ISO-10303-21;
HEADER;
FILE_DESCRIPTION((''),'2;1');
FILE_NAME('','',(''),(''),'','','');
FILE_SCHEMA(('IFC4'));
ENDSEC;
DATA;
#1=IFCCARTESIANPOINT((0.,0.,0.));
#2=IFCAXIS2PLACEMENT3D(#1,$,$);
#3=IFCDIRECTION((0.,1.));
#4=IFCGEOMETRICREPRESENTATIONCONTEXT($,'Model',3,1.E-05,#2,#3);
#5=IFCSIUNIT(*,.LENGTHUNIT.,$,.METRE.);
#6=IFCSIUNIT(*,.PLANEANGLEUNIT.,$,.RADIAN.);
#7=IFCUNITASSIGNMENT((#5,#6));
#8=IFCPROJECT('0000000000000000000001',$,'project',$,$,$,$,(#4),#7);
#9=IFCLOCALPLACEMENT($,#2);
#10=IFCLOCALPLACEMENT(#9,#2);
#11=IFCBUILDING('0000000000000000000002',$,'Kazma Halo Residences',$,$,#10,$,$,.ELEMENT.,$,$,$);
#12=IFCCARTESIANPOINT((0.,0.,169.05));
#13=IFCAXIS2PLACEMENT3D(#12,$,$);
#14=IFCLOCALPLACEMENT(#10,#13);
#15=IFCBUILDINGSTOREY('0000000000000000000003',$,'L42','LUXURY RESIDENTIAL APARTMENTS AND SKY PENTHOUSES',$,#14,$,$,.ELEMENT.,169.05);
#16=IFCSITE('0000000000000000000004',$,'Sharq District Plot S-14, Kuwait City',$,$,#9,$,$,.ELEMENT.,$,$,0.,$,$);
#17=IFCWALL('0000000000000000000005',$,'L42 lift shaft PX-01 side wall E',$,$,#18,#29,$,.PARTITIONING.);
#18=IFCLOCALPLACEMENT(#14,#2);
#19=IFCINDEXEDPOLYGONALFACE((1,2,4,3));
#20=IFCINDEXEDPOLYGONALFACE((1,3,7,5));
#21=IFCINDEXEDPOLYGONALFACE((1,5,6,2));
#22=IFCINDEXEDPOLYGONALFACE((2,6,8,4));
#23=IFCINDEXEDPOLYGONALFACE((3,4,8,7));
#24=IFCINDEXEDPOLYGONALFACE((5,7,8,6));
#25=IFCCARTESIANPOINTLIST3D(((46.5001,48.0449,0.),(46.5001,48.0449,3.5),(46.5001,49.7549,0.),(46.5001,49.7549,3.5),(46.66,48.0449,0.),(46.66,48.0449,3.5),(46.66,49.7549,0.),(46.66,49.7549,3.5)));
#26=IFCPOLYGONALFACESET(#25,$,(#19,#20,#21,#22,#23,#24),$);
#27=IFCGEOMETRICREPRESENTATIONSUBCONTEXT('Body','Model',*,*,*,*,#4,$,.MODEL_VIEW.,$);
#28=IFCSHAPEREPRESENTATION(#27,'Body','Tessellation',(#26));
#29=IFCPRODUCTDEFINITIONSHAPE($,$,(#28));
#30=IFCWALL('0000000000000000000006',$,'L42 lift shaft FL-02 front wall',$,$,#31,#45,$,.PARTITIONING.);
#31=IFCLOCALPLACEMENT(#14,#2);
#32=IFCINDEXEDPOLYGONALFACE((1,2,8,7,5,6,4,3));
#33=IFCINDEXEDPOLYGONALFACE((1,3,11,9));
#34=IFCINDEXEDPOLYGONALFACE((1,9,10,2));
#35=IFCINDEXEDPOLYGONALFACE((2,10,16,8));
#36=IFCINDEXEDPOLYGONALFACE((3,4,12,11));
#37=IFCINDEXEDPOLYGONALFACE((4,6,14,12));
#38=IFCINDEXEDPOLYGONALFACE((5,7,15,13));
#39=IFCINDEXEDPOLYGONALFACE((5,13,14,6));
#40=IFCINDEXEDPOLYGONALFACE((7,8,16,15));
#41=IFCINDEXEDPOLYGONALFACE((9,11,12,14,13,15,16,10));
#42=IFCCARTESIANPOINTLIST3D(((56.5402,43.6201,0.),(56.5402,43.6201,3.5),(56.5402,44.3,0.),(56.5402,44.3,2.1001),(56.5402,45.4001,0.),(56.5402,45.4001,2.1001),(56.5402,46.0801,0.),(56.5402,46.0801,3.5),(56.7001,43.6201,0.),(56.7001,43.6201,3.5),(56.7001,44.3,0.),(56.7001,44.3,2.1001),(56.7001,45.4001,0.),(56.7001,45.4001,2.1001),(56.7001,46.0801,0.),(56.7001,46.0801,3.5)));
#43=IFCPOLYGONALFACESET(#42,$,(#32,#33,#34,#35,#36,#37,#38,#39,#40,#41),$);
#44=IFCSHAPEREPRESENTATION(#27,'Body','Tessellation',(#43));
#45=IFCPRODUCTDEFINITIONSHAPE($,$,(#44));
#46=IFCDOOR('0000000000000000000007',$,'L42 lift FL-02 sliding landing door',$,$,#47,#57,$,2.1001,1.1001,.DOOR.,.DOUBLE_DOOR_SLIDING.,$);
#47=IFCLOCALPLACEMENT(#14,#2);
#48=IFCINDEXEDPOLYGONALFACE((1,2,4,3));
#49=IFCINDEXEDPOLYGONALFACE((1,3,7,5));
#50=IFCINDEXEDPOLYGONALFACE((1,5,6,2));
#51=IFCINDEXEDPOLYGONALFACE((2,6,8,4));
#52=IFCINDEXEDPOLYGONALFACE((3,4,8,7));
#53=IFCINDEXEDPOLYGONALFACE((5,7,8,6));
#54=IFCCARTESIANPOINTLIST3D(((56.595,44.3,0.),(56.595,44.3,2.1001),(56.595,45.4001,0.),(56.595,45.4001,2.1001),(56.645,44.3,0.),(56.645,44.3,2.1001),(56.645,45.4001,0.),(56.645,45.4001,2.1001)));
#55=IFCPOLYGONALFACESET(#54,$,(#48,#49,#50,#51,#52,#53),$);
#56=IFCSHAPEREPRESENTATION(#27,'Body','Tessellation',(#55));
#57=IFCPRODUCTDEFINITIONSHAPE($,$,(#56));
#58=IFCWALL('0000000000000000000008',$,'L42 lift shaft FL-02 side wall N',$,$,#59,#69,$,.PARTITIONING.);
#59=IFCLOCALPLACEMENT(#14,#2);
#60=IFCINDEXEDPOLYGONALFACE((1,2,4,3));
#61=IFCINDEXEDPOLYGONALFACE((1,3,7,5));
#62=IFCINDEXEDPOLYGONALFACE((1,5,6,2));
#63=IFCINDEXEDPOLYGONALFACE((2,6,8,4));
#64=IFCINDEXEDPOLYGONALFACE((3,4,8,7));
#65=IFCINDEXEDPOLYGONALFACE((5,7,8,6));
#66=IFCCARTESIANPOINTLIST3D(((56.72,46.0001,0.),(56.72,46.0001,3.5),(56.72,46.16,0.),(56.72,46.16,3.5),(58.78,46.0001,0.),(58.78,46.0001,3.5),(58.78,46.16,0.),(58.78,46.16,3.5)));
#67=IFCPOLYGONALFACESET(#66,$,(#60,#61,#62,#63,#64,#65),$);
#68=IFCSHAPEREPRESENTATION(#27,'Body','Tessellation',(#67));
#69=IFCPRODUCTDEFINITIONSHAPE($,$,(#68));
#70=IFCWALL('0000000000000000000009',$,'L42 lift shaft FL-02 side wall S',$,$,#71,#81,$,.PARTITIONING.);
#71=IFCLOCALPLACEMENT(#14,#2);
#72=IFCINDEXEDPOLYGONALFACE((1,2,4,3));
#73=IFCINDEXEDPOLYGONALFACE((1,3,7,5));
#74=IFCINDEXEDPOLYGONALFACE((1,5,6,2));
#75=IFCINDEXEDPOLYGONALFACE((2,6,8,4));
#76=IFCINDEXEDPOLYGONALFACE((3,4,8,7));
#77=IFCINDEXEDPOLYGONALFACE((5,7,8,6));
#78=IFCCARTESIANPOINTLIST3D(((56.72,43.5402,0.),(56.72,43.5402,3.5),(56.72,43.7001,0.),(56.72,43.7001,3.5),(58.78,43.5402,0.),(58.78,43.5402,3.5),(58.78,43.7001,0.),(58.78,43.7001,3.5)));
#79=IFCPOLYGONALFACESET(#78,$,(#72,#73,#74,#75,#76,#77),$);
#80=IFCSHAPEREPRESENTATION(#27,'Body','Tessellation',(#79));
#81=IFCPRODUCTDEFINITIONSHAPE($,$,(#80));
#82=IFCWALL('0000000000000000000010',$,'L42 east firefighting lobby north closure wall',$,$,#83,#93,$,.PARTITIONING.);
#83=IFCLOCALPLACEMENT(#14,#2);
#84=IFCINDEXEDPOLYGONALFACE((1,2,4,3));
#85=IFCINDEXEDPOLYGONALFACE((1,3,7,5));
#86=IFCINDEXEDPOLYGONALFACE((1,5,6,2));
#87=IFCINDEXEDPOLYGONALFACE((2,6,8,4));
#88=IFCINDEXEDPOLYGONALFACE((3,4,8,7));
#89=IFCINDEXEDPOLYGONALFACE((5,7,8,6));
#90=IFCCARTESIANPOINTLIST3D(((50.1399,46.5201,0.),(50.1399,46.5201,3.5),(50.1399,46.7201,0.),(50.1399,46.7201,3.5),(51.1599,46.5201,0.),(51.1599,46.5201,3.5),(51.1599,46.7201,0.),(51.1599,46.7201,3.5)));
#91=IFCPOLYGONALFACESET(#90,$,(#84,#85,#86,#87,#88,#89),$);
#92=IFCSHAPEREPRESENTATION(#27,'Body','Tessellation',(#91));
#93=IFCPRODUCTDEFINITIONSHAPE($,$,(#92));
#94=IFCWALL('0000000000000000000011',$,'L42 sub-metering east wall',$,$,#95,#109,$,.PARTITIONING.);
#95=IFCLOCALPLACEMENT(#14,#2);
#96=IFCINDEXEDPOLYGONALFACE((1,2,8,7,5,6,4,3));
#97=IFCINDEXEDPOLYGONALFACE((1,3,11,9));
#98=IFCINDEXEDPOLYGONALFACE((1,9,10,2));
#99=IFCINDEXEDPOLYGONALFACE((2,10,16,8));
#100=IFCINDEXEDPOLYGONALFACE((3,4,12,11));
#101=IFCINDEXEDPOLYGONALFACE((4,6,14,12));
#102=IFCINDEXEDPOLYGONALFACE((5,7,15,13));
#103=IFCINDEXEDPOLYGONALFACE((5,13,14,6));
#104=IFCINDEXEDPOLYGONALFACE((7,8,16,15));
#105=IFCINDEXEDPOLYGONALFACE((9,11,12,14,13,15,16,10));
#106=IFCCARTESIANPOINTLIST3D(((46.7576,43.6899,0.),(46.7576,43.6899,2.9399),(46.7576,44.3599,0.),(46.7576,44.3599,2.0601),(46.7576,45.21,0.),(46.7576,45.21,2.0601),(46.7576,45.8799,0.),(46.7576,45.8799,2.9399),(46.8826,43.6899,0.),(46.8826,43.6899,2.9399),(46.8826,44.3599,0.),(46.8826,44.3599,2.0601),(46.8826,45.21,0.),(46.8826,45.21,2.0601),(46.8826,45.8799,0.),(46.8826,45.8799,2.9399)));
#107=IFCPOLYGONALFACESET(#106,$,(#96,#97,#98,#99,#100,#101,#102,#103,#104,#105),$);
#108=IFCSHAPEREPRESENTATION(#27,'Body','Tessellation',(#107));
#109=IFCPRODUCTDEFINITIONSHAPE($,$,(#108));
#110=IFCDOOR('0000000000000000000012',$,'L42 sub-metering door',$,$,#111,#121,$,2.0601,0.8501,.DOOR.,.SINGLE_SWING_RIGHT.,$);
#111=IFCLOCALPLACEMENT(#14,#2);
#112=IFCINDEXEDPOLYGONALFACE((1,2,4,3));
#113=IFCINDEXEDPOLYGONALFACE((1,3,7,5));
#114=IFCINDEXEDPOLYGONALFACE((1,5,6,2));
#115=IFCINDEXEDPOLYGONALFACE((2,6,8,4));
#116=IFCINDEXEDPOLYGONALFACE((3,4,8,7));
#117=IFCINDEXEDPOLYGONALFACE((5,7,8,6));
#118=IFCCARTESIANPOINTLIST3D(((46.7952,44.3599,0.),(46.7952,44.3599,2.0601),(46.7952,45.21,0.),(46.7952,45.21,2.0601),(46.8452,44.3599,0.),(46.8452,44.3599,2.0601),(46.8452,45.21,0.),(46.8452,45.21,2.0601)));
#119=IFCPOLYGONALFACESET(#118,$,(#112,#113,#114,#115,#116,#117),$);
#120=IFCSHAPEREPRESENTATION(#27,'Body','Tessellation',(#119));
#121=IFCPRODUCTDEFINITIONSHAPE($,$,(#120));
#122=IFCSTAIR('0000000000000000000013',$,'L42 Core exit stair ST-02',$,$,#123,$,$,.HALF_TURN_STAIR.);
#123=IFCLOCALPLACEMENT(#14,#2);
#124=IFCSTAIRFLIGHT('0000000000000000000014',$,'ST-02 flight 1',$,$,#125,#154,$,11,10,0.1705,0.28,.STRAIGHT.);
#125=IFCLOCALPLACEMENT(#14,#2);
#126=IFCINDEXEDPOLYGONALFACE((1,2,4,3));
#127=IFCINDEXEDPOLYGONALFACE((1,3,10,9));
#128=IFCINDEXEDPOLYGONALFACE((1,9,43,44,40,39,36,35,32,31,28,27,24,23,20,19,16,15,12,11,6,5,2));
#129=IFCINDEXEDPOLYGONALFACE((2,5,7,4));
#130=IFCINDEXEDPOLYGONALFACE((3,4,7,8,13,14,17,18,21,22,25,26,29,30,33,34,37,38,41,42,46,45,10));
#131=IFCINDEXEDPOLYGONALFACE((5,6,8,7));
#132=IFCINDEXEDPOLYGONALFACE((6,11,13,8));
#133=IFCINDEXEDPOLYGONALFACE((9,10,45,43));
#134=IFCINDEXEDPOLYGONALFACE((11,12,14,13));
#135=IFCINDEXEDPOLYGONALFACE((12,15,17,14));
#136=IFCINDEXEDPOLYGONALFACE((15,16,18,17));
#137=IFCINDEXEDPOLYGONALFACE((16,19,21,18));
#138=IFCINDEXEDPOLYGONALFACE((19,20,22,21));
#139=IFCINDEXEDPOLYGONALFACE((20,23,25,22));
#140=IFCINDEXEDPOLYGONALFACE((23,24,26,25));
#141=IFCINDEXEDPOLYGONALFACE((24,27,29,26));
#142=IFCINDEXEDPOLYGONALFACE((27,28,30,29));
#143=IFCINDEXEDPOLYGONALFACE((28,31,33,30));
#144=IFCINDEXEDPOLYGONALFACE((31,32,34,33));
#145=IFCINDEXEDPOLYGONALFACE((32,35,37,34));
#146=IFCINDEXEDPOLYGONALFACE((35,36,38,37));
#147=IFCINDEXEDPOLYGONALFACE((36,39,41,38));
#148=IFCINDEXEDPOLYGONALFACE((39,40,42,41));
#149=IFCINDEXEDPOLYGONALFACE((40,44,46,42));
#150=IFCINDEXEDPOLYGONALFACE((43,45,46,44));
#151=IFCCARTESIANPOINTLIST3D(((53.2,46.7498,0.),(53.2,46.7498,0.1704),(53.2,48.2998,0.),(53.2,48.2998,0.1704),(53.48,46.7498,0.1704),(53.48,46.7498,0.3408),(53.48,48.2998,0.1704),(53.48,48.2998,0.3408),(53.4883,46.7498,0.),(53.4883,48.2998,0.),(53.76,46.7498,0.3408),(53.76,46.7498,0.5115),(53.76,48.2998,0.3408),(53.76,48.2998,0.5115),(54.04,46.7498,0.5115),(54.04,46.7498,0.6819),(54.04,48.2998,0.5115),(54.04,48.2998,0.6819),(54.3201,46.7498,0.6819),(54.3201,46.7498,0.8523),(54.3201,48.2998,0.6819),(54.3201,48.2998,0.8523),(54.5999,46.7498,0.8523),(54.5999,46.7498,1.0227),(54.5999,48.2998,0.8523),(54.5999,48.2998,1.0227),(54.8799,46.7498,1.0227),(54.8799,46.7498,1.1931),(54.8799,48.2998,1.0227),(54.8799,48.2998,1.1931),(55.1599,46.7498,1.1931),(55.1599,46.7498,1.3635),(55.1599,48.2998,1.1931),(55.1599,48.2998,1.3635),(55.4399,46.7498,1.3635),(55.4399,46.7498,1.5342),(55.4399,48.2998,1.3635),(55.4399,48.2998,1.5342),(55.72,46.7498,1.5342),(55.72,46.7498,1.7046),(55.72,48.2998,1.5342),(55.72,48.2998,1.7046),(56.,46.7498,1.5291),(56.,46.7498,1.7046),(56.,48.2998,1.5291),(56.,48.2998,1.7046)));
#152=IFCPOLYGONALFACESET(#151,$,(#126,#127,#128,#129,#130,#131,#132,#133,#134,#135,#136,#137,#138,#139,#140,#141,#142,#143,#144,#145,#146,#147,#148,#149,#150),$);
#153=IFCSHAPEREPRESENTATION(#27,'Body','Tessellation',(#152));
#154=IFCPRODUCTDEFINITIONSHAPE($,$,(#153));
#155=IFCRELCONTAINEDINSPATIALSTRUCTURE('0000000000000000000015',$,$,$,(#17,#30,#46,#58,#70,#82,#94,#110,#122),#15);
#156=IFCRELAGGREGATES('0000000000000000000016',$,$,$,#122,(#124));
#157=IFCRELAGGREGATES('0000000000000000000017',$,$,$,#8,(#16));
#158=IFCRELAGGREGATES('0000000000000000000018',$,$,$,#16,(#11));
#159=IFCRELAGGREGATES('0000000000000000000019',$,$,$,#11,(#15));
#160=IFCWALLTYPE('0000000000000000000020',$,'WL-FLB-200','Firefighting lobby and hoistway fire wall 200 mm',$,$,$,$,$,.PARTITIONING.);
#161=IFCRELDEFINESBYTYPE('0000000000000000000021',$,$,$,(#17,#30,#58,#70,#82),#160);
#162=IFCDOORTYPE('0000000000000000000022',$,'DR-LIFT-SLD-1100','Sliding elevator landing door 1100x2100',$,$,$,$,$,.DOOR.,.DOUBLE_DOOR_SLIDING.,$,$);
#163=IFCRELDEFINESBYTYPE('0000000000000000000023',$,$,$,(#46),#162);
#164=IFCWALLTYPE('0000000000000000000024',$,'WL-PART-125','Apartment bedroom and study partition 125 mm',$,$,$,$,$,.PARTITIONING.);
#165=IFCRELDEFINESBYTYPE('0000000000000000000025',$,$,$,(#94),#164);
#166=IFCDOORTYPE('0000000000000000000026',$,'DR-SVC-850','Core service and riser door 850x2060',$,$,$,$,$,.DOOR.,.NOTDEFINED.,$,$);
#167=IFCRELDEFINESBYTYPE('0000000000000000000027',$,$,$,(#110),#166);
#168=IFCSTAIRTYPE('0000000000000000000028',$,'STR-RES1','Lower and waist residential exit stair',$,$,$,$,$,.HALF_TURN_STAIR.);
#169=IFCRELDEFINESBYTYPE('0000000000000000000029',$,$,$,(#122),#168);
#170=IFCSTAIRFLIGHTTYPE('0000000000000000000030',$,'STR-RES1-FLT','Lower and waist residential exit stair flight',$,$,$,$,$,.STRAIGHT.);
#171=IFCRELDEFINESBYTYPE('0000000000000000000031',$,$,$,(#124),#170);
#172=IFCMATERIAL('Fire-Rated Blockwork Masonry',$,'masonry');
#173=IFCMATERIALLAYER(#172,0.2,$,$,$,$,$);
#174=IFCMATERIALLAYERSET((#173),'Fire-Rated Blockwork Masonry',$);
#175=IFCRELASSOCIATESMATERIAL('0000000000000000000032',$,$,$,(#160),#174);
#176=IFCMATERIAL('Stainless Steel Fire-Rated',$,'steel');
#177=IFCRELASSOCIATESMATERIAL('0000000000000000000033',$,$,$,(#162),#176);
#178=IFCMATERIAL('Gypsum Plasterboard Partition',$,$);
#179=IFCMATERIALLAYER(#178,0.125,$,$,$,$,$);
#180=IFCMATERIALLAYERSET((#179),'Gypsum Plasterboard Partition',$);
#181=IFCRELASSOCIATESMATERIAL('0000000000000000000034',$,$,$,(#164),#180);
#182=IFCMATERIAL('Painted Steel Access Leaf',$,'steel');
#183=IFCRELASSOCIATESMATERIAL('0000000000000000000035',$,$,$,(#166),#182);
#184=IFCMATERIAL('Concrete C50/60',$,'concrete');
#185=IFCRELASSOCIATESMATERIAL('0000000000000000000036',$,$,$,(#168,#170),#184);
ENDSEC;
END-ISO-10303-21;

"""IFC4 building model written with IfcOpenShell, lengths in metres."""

from ifc_helpers import new_model, si_unit, direction, frame, frame_2d, origin, place, context, subcontext, project, spatial, polyline, rectangle, outline, extrude, material, layer, layer_set, type_object, element, fill, aggregate, save


model = new_model("IFC4")

# Units and contexts
model_context = context("Model", 3, precision=1e-05, world=origin(), true_north=direction((0.0, 1.0)))
body_context = subcontext(model_context, "Body", "Model", "MODEL_VIEW")
ifc_project = project(units=[si_unit("LENGTHUNIT", "METRE"), si_unit("PLANEANGLEUNIT", "RADIAN")], contexts=[model_context])

# Site, building, storey
site_placement = place(None, origin())
site = spatial("IfcSite", under=ifc_project, at=site_placement, Name="Sharq District Plot S-14, Kuwait City", CompositionType="ELEMENT", RefElevation=0.0)
building_placement = place(site_placement, origin())
building = spatial("IfcBuilding", under=site, at=building_placement, Name="Kazma Halo Residences", CompositionType="ELEMENT")
storey_placement = place(building_placement, frame((0.0, 0.0, 169.05)))
storey = spatial("IfcBuildingStorey", under=building, at=storey_placement, Name="L42", Description="LUXURY RESIDENTIAL APARTMENTS AND SKY PENTHOUSES", CompositionType="ELEMENT", Elevation=169.05)

# Wall
ifc_material_1 = material(Name="Fire-Rated Blockwork Masonry", Category="masonry")
ifc_layer_1 = layer(ifc_material_1, 0.2)
ifc_layer_set_1 = layer_set([ifc_layer_1], Name="Fire-Rated Blockwork Masonry")
wall_type_1 = type_object("IfcWallType", Name="WL-FLB-200", Description="Firefighting lobby and hoistway fire wall 200 mm", PredefinedType="PARTITIONING", material=ifc_layer_set_1)
wall_1_placement = place(storey_placement, frame((46.5801, 48.0449, 0.0), z_axis=(0.0, 0.0, 1.0), x_axis=(0.0, 1.0, 0.0)))
element("IfcWall", 1, at=wall_1_placement, inside=storey, type_object=wall_type_1, Name="L42 lift shaft PX-01 side wall E", PredefinedType="PARTITIONING", context=body_context, shape_type="SweptSolid", body=[
    extrude(rectangle(XDim=1.71, YDim=0.1599, at=frame_2d((0.855, 0.0))), origin(), (0.0, 0.0, 1.0), 3.5),
])

# Wall, opening, door
wall_2_placement = place(storey_placement, frame((56.6201, 46.0801, 0.0), z_axis=(0.0, 0.0, 1.0), x_axis=(0.0, -1.0, 0.0)))
wall_2 = element("IfcWall", 2, at=wall_2_placement, inside=storey, type_object=wall_type_1, Name="L42 lift shaft FL-02 front wall", PredefinedType="PARTITIONING", context=body_context, shape_type="SweptSolid", body=[
    extrude(rectangle(XDim=2.46, YDim=0.1599, at=frame_2d((1.23, 0.0))), origin(), (0.0, 0.0, 1.0), 3.5),
])
opening_1_placement = place(wall_2_placement, frame((0.6799, 0.0, 0.0)))
opening_1 = element("IfcOpeningElement", 3, at=opening_1_placement, cuts=wall_2, PredefinedType="OPENING", context=body_context, shape_type="SweptSolid", body=[
    extrude(rectangle(XDim=1.1001, YDim=2.1001, at=frame_2d((0.55, 1.05))), frame((0.0, 0.0898, 0.0), z_axis=(0.0, -1.0, 0.0), x_axis=(1.0, 0.0, 0.0)), (0.0, 0.0, 1.0), 0.1799),
])
ifc_material_2 = material(Name="Stainless Steel Fire-Rated", Category="steel")
door_type_1 = type_object("IfcDoorType", Name="DR-LIFT-SLD-1100", Description="Sliding elevator landing door 1100x2100", OperationType="DOUBLE_DOOR_SLIDING", PredefinedType="DOOR", material=ifc_material_2)
door_1_placement = place(opening_1_placement, origin())
door_1 = element("IfcDoor", 4, at=door_1_placement, inside=storey, type_object=door_type_1, Name="L42 lift FL-02 sliding landing door", OperationType="DOUBLE_DOOR_SLIDING", OverallHeight=2.1001, OverallWidth=1.1001, PredefinedType="DOOR", context=body_context, shape_type="SweptSolid", body=[
    extrude(rectangle(XDim=1.1001, YDim=2.1001, at=frame_2d((0.55, 1.05))), frame((0.0, 0.0249, 0.0), z_axis=(0.0, -1.0, 0.0), x_axis=(1.0, 0.0, 0.0)), (0.0, 0.0, 1.0), 0.05),
])
fill(opening_1, door_1)

# Walls
for number, where, z_axis, x_axis, name in (
    (5, (56.72, 46.0801, 0.0), (0.0, 0.0, 1.0), (1.0, 0.0, 0.0), "L42 lift shaft FL-02 side wall N"),
    (6, (56.72, 43.6201, 0.0), (0.0, 0.0, 1.0), (1.0, 0.0, 0.0), "L42 lift shaft FL-02 side wall S"),
):
    element("IfcWall", number, at=place(storey_placement, frame(where, z_axis=z_axis, x_axis=x_axis)), inside=storey, type_object=wall_type_1, Name=name, PredefinedType="PARTITIONING", context=body_context, shape_type="SweptSolid", body=[
        extrude(rectangle(XDim=2.0601, YDim=0.1599, at=frame_2d((1.03, 0.0))), origin(), (0.0, 0.0, 1.0), 3.5),
    ])
wall_3_placement = place(storey_placement, frame((50.1399, 46.6201, 0.0), z_axis=(0.0, 0.0, 1.0), x_axis=(1.0, 0.0, 0.0)))
element("IfcWall", 7, at=wall_3_placement, inside=storey, type_object=wall_type_1, Name="L42 east firefighting lobby north closure wall", PredefinedType="PARTITIONING", context=body_context, shape_type="SweptSolid", body=[
    extrude(rectangle(XDim=1.02, YDim=0.2, at=frame_2d((0.51, 0.0))), origin(), (0.0, 0.0, 1.0), 3.5),
])

# Wall, opening, door
ifc_material_3 = material(Name="Gypsum Plasterboard Partition")
ifc_layer_2 = layer(ifc_material_3, 0.125)
ifc_layer_set_2 = layer_set([ifc_layer_2], Name="Gypsum Plasterboard Partition")
wall_type_2 = type_object("IfcWallType", Name="WL-PART-125", Description="Apartment bedroom and study partition 125 mm", PredefinedType="PARTITIONING", material=ifc_layer_set_2)
wall_4_placement = place(storey_placement, frame((46.8201, 43.6899, 0.0), z_axis=(0.0, 0.0, 1.0), x_axis=(0.0, 1.0, 0.0)))
wall_4 = element("IfcWall", 8, at=wall_4_placement, inside=storey, type_object=wall_type_2, Name="L42 sub-metering east wall", PredefinedType="PARTITIONING", context=body_context, shape_type="SweptSolid", body=[
    extrude(rectangle(XDim=2.1899, YDim=0.125, at=frame_2d((1.095, 0.0))), origin(), (0.0, 0.0, 1.0), 2.9399),
])
opening_2_placement = place(wall_4_placement, frame((0.6699, 0.0, 0.0)))
opening_2 = element("IfcOpeningElement", 9, at=opening_2_placement, cuts=wall_4, PredefinedType="OPENING", context=body_context, shape_type="SweptSolid", body=[
    extrude(rectangle(XDim=0.8501, YDim=2.0601, at=frame_2d((0.425, 1.03))), frame((0.0, 0.0725, 0.0), z_axis=(0.0, -1.0, 0.0), x_axis=(1.0, 0.0, 0.0)), (0.0, 0.0, 1.0), 0.145),
])
ifc_material_4 = material(Name="Painted Steel Access Leaf", Category="steel")
door_type_2 = type_object("IfcDoorType", Name="DR-SVC-850", Description="Core service and riser door 850x2060", OperationType="NOTDEFINED", PredefinedType="DOOR", material=ifc_material_4)
door_2_placement = place(opening_2_placement, origin())
door_2 = element("IfcDoor", 10, at=door_2_placement, inside=storey, type_object=door_type_2, Name="L42 sub-metering door", OperationType="SINGLE_SWING_RIGHT", OverallHeight=2.0601, OverallWidth=0.8501, PredefinedType="DOOR", context=body_context, shape_type="SweptSolid", body=[
    extrude(rectangle(XDim=0.8501, YDim=2.0601, at=frame_2d((0.425, 1.03))), frame((0.0, 0.0249, 0.0), z_axis=(0.0, -1.0, 0.0), x_axis=(1.0, 0.0, 0.0)), (0.0, 0.0, 1.0), 0.05),
])
fill(opening_2, door_2)
ifc_material_5 = material(Name="Concrete C50/60", Category="concrete")

# Stair, stair flight
stair_type = type_object("IfcStairType", Name="STR-RES1", Description="Lower and waist residential exit stair", PredefinedType="HALF_TURN_STAIR", material=ifc_material_5)
stair_placement = place(storey_placement, origin())
stair = element("IfcStair", 11, at=stair_placement, inside=storey, type_object=stair_type, Name="L42 Core exit stair ST-02", PredefinedType="HALF_TURN_STAIR")
stair_flight_type = type_object("IfcStairFlightType", Name="STR-RES1-FLT", Description="Lower and waist residential exit stair flight", PredefinedType="STRAIGHT", material=ifc_material_5)
stair_flight_1_placement = place(storey_placement, frame((53.2, 47.5249, 0.0), z_axis=(0.0, 0.0, 1.0), x_axis=(1.0, 0.0, 0.0)))
stair_flight_1 = element("IfcStairFlight", 12, at=stair_flight_1_placement, type_object=stair_flight_type, Name="ST-02 flight 1", NumberOfRisers=11, NumberOfTreads=10, PredefinedType="STRAIGHT", RiserHeight=0.1705, TreadLength=0.28, context=body_context, shape_type="SweptSolid", body=[
    extrude(outline(polyline([(0.0, 0.0), (0.0, 0.1704), (0.28, 0.1704), (0.28, 0.3408), (0.5601, 0.3408), (0.5601, 0.5115), (0.8401, 0.5115), (0.8401, 0.6819), (1.1201, 0.6819), (1.1201, 0.8523), (1.3999, 0.8523), (1.3999, 1.0227), (1.6799, 1.0227), (1.6799, 1.1931), (1.96, 1.1931), (1.96, 1.3635), (2.24, 1.3635), (2.24, 1.5342), (2.52, 1.5342), (2.52, 1.7046), (2.8, 1.7046), (2.8, 1.875), (2.8, 1.5291), (0.2883, 0.0), (0.0, 0.0)])), frame((0.0, 0.7749, 0.0), z_axis=(0.0, -1.0, 0.0), x_axis=(1.0, 0.0, 0.0)), (0.0, 0.0, 1.0), 1.55),
])
aggregate(stair, [stair_flight_1])

save(model, "model.ifc")
